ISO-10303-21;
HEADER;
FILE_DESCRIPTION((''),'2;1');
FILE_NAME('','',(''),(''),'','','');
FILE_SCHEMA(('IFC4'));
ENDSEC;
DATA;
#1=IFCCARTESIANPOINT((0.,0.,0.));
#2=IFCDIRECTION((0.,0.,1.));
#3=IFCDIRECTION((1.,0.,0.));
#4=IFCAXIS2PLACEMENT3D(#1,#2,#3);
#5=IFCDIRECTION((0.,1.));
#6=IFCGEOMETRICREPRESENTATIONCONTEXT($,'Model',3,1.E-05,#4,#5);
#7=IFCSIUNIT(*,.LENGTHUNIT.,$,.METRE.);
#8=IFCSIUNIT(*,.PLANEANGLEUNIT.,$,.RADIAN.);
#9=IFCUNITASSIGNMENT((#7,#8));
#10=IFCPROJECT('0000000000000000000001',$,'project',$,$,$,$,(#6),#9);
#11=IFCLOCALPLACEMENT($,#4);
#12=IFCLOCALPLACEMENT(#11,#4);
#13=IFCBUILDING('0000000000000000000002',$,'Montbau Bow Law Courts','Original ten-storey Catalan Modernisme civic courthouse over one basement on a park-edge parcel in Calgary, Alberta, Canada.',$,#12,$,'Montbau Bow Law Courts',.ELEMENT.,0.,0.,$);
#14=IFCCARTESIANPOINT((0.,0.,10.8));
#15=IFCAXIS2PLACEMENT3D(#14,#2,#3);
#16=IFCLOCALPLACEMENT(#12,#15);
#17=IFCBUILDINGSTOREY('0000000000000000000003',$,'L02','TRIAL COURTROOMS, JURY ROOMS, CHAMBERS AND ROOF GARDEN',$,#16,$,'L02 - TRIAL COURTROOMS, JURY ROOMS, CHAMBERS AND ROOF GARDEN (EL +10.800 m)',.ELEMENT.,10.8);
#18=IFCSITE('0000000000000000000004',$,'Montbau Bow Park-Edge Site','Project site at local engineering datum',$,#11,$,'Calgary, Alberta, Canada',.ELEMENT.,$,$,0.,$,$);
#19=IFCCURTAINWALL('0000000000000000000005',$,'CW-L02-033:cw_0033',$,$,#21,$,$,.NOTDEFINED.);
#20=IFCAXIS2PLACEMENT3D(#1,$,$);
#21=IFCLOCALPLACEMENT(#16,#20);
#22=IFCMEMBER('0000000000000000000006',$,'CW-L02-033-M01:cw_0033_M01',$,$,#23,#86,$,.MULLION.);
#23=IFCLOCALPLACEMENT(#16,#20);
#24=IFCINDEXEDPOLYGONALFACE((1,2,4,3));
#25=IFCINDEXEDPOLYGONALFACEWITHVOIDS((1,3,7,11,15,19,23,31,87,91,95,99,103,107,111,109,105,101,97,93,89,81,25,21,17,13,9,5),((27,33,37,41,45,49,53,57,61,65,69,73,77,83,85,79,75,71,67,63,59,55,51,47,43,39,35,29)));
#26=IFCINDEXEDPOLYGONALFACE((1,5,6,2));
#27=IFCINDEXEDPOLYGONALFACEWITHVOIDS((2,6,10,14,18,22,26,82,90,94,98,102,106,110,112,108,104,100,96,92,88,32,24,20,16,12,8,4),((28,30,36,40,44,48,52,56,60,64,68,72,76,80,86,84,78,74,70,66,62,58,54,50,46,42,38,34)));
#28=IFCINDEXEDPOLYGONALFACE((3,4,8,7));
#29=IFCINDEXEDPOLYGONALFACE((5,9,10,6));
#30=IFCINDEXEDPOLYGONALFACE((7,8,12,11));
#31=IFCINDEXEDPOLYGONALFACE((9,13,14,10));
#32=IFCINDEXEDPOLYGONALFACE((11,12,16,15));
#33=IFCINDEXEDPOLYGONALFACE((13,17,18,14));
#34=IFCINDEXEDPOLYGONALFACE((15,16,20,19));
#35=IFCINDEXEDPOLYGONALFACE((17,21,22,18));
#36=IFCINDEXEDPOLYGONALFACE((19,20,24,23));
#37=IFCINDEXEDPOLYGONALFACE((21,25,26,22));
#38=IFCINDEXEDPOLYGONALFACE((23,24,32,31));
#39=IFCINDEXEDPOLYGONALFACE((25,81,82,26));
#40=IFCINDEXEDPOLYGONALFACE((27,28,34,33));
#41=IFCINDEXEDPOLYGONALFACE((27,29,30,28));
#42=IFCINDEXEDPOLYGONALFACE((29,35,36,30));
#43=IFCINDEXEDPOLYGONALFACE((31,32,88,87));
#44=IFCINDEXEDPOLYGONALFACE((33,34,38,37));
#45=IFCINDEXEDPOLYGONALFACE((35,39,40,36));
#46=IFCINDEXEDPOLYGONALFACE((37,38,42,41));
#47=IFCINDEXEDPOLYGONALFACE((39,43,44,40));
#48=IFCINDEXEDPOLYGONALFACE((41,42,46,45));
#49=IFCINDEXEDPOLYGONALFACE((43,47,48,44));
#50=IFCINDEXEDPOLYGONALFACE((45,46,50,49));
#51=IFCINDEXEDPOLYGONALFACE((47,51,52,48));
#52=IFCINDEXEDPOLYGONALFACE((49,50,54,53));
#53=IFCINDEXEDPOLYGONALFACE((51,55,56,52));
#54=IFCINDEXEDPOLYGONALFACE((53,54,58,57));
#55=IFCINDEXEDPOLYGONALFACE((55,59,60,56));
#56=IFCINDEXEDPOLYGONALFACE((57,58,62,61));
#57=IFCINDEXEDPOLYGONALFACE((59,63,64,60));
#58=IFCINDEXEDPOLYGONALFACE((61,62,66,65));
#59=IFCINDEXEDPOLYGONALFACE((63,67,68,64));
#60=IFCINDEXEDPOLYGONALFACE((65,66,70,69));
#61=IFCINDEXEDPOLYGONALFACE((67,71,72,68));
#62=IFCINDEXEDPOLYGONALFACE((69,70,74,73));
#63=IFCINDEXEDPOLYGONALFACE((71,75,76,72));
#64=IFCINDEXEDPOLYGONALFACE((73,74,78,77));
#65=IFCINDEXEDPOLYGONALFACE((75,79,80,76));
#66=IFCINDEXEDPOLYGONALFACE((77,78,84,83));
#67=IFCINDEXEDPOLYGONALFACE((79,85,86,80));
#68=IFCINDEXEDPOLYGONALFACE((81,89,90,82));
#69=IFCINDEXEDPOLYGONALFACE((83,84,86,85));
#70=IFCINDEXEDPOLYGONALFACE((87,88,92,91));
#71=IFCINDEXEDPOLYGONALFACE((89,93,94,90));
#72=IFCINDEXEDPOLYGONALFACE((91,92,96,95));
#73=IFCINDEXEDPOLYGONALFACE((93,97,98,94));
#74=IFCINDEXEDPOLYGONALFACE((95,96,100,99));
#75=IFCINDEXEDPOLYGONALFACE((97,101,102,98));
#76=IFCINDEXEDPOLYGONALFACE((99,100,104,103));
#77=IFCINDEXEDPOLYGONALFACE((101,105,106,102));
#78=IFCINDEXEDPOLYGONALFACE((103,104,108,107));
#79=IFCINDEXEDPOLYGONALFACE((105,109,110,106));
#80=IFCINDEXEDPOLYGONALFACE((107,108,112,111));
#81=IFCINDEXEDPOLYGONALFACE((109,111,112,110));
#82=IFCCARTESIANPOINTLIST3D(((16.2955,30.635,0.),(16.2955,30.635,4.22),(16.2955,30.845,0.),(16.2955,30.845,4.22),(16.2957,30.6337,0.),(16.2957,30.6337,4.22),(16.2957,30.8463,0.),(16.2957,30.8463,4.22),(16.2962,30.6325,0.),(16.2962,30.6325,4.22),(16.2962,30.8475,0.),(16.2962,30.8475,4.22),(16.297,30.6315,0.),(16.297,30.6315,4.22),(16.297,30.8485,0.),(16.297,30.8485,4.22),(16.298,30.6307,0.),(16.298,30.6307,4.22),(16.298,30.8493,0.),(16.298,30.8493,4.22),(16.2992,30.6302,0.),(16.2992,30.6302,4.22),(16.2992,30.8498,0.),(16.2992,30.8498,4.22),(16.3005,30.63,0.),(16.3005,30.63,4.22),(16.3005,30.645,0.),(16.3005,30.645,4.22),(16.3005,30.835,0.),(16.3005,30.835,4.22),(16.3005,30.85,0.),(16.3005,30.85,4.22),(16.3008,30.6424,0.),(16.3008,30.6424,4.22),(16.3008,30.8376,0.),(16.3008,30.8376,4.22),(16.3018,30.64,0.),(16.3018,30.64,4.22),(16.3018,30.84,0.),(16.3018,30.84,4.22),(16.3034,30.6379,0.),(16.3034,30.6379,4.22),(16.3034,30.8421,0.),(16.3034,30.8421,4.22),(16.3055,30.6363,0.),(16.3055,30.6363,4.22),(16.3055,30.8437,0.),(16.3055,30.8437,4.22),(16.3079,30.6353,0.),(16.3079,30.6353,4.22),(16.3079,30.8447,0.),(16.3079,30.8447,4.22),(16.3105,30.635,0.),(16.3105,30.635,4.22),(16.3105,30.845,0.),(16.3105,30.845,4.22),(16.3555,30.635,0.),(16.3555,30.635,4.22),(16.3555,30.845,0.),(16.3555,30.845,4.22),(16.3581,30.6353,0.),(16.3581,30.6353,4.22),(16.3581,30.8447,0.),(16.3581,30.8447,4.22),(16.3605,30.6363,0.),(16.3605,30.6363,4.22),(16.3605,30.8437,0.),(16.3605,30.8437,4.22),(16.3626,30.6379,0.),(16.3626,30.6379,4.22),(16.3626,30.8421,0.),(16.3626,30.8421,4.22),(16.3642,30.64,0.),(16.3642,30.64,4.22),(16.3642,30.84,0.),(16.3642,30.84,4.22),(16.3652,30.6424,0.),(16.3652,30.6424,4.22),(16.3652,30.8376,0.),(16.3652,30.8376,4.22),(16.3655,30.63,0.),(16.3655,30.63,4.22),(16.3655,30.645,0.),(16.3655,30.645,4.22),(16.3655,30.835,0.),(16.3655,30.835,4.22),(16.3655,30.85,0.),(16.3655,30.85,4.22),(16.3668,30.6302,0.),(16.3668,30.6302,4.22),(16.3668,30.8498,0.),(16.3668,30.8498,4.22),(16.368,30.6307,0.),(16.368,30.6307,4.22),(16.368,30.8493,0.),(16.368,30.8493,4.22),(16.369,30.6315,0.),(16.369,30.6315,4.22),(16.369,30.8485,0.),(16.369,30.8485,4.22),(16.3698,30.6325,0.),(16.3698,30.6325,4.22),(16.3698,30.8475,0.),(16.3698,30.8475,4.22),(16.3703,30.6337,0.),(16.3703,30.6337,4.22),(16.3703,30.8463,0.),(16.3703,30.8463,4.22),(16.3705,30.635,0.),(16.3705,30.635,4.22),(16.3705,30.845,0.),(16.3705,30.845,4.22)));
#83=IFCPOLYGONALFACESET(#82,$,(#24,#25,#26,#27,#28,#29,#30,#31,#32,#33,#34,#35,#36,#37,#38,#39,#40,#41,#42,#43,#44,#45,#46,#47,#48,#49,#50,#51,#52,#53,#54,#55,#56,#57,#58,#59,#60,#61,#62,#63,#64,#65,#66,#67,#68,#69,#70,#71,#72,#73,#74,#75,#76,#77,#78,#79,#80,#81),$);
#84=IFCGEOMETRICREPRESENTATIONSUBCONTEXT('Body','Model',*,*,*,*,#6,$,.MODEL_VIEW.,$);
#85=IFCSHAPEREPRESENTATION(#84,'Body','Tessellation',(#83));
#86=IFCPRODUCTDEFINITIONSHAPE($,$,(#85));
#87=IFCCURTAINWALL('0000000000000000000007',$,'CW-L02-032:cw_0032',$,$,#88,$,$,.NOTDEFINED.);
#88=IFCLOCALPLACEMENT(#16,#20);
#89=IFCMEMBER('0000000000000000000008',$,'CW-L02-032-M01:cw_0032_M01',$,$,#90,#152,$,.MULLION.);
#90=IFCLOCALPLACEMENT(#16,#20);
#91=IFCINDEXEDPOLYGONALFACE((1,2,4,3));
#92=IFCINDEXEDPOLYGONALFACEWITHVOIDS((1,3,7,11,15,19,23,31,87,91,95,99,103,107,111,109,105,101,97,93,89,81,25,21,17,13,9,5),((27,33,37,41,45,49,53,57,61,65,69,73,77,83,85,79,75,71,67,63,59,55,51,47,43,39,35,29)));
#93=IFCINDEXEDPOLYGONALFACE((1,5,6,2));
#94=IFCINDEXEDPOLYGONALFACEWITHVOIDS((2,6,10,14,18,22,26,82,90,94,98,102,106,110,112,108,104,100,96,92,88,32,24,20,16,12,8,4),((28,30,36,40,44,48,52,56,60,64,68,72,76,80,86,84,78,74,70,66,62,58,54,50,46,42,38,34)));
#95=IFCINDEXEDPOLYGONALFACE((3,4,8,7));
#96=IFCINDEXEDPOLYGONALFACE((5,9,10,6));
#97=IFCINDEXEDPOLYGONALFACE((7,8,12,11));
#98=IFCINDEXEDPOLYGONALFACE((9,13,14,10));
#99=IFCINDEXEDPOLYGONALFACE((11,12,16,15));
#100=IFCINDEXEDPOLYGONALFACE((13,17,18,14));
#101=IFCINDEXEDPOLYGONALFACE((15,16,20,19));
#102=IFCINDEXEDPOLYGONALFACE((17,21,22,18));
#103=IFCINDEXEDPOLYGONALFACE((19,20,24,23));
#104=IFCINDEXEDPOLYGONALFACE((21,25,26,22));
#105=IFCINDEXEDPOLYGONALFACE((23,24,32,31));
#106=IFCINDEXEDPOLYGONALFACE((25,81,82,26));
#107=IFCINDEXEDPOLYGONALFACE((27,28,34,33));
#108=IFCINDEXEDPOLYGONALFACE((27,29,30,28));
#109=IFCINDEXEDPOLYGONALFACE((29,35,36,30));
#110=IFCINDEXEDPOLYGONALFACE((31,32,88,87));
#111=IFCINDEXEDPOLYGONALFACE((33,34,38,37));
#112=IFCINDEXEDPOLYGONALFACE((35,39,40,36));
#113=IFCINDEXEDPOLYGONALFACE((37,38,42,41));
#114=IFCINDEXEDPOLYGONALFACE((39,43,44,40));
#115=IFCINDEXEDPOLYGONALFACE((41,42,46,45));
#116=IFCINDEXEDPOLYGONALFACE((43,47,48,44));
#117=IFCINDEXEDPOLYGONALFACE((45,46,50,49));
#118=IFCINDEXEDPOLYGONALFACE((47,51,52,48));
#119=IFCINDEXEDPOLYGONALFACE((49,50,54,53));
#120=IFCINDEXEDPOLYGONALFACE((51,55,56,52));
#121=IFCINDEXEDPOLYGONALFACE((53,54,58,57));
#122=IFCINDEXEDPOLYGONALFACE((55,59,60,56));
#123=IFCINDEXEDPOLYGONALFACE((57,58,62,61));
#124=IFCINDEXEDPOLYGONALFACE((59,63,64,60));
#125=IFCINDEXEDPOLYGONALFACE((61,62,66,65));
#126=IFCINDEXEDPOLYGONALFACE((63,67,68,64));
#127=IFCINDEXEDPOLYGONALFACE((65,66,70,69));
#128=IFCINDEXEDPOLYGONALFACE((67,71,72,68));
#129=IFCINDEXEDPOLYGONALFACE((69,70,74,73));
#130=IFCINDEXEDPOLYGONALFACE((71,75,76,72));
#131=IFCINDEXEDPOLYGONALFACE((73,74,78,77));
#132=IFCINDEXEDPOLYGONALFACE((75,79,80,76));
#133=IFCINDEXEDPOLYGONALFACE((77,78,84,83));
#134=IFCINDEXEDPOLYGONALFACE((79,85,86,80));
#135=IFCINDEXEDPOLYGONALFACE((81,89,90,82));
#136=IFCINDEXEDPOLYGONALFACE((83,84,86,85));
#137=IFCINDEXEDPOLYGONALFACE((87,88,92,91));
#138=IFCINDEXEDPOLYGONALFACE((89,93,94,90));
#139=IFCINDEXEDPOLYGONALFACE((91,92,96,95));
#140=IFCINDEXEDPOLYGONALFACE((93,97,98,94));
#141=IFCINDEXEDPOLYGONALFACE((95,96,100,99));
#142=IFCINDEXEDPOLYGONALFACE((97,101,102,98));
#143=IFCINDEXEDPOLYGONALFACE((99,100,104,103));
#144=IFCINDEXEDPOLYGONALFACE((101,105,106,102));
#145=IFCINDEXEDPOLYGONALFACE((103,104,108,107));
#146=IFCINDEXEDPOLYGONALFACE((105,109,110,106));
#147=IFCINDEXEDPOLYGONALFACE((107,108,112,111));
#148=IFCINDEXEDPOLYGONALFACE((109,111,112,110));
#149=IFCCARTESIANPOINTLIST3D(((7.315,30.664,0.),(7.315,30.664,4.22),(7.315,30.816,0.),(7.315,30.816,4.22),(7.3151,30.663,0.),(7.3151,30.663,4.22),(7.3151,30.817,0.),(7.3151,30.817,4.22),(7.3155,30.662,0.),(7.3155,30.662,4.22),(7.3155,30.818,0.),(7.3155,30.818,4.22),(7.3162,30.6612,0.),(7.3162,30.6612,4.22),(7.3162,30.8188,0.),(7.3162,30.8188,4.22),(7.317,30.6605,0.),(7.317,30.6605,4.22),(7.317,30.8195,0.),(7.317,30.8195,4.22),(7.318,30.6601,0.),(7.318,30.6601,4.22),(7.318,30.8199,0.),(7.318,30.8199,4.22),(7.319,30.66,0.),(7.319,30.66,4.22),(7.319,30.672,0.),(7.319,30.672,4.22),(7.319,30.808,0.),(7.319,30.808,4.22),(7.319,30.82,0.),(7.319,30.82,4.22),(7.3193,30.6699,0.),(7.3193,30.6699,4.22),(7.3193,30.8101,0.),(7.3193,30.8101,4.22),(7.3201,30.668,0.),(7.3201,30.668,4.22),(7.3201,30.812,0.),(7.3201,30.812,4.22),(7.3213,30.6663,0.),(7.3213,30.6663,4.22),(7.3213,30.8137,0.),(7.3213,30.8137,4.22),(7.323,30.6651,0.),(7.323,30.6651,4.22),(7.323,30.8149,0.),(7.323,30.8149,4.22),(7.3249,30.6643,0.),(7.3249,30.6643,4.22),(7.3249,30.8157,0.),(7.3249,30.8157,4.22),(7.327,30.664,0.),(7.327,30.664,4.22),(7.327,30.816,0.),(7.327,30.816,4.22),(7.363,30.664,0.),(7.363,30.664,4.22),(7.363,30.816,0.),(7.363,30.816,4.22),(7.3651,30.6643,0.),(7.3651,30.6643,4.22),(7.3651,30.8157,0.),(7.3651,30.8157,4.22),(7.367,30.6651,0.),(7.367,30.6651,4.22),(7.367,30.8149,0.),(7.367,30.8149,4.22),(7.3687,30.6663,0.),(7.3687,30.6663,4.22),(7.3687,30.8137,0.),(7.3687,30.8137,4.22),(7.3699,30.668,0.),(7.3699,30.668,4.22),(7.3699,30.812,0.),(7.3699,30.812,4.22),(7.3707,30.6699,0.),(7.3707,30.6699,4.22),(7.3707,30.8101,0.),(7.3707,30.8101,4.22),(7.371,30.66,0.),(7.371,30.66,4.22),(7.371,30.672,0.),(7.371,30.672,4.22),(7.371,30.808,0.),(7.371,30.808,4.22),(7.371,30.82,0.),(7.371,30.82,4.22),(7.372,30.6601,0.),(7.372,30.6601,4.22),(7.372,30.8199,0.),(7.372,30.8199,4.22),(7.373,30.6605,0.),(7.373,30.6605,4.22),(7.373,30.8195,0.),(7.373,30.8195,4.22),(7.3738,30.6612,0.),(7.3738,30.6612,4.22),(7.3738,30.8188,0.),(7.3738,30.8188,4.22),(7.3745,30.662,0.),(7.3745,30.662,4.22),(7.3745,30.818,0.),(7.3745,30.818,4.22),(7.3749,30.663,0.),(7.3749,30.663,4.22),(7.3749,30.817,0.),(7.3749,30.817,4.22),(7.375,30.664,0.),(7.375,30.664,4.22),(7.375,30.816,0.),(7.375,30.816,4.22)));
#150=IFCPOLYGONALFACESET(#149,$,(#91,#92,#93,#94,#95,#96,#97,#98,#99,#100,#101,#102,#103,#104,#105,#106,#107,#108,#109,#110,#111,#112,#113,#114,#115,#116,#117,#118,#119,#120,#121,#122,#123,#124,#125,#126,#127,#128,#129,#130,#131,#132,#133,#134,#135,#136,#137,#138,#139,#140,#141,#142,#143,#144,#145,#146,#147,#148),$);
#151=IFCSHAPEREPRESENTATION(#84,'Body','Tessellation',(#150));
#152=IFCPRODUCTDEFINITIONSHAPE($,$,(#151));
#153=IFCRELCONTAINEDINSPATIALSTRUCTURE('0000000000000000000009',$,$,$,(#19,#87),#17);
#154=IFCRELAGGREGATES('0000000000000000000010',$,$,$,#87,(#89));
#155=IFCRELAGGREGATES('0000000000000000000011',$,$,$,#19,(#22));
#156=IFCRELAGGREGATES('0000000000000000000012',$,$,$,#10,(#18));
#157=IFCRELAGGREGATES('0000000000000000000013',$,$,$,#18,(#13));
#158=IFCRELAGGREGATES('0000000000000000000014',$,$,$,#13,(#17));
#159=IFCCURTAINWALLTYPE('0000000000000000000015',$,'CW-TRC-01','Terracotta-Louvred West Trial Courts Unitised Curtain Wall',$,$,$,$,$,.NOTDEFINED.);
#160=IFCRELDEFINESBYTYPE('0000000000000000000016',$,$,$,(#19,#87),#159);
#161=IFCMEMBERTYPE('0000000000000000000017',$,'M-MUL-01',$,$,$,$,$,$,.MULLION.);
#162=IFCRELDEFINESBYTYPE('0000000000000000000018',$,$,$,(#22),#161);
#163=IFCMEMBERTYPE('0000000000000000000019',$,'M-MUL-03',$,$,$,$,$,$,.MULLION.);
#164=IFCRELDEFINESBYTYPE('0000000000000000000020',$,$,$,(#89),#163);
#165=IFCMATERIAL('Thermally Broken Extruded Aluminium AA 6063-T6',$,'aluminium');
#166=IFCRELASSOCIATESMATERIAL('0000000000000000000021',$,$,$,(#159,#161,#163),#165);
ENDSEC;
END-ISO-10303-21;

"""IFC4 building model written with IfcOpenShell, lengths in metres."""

from ifc_helpers import new_model, si_unit, direction, frame, origin_with_axes, origin_2d_with_axis, place, context, subcontext, project, spatial, hollow_rectangle, extrude, material, material_profile, profile_set, type_object, element, aggregate, save


model = new_model("IFC4")

# Units and contexts
model_context = context("Model", 3, precision=1e-05, world=origin_with_axes(), true_north=direction((0.0, 1.0)))
body_context = subcontext(model_context, "Body", "Model", "MODEL_VIEW")
ifc_project = project(units=[si_unit("LENGTHUNIT", "METRE"), si_unit("PLANEANGLEUNIT", "RADIAN")], contexts=[model_context])

# Site, building, storey
site_placement = place(None, origin_with_axes())
site = spatial("IfcSite", under=ifc_project, at=site_placement, Name="Montbau Bow Park-Edge Site", Description="Project site at local engineering datum", LongName="Calgary, Alberta, Canada", CompositionType="ELEMENT", RefElevation=0.0)
building_placement = place(site_placement, origin_with_axes())
building = spatial("IfcBuilding", under=site, at=building_placement, Name="Montbau Bow Law Courts", Description="Original ten-storey Catalan Modernisme civic courthouse over one basement on a park-edge parcel in Calgary, Alberta, Canada.", LongName="Montbau Bow Law Courts", CompositionType="ELEMENT", ElevationOfRefHeight=0.0, ElevationOfTerrain=0.0)
storey_placement = place(building_placement, frame((0.0, 0.0, 10.8), z_axis=(0.0, 0.0, 1.0), x_axis=(1.0, 0.0, 0.0)))
storey = spatial("IfcBuildingStorey", under=building, at=storey_placement, Name="L02", Description="TRIAL COURTROOMS, JURY ROOMS, CHAMBERS AND ROOF GARDEN", LongName="L02 - TRIAL COURTROOMS, JURY ROOMS, CHAMBERS AND ROOF GARDEN (EL +10.800 m)", CompositionType="ELEMENT", Elevation=10.8)

# Curtain wall, member
ifc_material_1 = material(Name="Thermally Broken Extruded Aluminium AA 6063-T6", Category="aluminium")
curtain_wall_type = type_object("IfcCurtainWallType", Name="CW-TRC-01", Description="Terracotta-Louvred West Trial Courts Unitised Curtain Wall", PredefinedType="NOTDEFINED", material=ifc_material_1)
curtain_wall_1_placement = place(None, frame((16.296, 30.74, 10.8), z_axis=(0.0, 0.0, 1.0), x_axis=(1.0, 0.0, 0.0)))
curtain_wall_1 = element("IfcCurtainWall", 1, at=curtain_wall_1_placement, inside=storey, type_object=curtain_wall_type, Name="CW-L02-033:cw_0033", PredefinedType="NOTDEFINED")
ifc_material_profile_1 = material_profile(ifc_material_1, hollow_rectangle(XDim=0.075, YDim=0.22, WallThickness=0.005, InnerFilletRadius=0.01, OuterFilletRadius=0.005, at=origin_2d_with_axis()), Name="CWM-220X75", Category="Main", Priority=0)
ifc_profile_set_1 = profile_set([ifc_material_profile_1], Name="Thermally Broken Extruded Aluminium AA 6063-T6")
member_type_1 = type_object("IfcMemberType", Name="M-MUL-01", PredefinedType="MULLION", material=ifc_profile_set_1)
member_1_placement = place(None, frame((16.333, 30.74, 10.8), z_axis=(0.0, 0.0, 1.0), x_axis=(1.0, 0.0, 0.0)))
member_1 = element("IfcMember", 2, at=member_1_placement, type_object=member_type_1, Name="CW-L02-033-M01:cw_0033_M01", PredefinedType="MULLION", context=body_context, shape_type="SweptSolid", body=[
    extrude(hollow_rectangle(XDim=0.075, YDim=0.22, WallThickness=0.005, InnerFilletRadius=0.01, OuterFilletRadius=0.005, at=origin_2d_with_axis()), origin_with_axes(), (0.0, 0.0, 1.0), 4.22),
])

# Curtain wall, member
curtain_wall_2_placement = place(None, frame((7.315, 30.74, 10.8), z_axis=(0.0, 0.0, 1.0), x_axis=(1.0, 0.0, 0.0)))
curtain_wall_2 = element("IfcCurtainWall", 3, at=curtain_wall_2_placement, inside=storey, type_object=curtain_wall_type, Name="CW-L02-032:cw_0032", PredefinedType="NOTDEFINED")
ifc_material_profile_2 = material_profile(ifc_material_1, hollow_rectangle(XDim=0.06, YDim=0.16, WallThickness=0.004, InnerFilletRadius=0.008, OuterFilletRadius=0.004, at=origin_2d_with_axis()), Name="CWM-160X60", Category="Main", Priority=0)
ifc_profile_set_2 = profile_set([ifc_material_profile_2], Name="Thermally Broken Extruded Aluminium AA 6063-T6")
member_type_2 = type_object("IfcMemberType", Name="M-MUL-03", PredefinedType="MULLION", material=ifc_profile_set_2)
member_2_placement = place(None, frame((7.345, 30.74, 10.8), z_axis=(0.0, 0.0, 1.0), x_axis=(1.0, 0.0, 0.0)))
member_2 = element("IfcMember", 4, at=member_2_placement, type_object=member_type_2, Name="CW-L02-032-M01:cw_0032_M01", PredefinedType="MULLION", context=body_context, shape_type="SweptSolid", body=[
    extrude(hollow_rectangle(XDim=0.06, YDim=0.16, WallThickness=0.004, InnerFilletRadius=0.008, OuterFilletRadius=0.004, at=origin_2d_with_axis()), origin_with_axes(), (0.0, 0.0, 1.0), 4.22),
])

aggregate(curtain_wall_2, [member_2])
aggregate(curtain_wall_1, [member_1])

save(model, "model.ifc")
